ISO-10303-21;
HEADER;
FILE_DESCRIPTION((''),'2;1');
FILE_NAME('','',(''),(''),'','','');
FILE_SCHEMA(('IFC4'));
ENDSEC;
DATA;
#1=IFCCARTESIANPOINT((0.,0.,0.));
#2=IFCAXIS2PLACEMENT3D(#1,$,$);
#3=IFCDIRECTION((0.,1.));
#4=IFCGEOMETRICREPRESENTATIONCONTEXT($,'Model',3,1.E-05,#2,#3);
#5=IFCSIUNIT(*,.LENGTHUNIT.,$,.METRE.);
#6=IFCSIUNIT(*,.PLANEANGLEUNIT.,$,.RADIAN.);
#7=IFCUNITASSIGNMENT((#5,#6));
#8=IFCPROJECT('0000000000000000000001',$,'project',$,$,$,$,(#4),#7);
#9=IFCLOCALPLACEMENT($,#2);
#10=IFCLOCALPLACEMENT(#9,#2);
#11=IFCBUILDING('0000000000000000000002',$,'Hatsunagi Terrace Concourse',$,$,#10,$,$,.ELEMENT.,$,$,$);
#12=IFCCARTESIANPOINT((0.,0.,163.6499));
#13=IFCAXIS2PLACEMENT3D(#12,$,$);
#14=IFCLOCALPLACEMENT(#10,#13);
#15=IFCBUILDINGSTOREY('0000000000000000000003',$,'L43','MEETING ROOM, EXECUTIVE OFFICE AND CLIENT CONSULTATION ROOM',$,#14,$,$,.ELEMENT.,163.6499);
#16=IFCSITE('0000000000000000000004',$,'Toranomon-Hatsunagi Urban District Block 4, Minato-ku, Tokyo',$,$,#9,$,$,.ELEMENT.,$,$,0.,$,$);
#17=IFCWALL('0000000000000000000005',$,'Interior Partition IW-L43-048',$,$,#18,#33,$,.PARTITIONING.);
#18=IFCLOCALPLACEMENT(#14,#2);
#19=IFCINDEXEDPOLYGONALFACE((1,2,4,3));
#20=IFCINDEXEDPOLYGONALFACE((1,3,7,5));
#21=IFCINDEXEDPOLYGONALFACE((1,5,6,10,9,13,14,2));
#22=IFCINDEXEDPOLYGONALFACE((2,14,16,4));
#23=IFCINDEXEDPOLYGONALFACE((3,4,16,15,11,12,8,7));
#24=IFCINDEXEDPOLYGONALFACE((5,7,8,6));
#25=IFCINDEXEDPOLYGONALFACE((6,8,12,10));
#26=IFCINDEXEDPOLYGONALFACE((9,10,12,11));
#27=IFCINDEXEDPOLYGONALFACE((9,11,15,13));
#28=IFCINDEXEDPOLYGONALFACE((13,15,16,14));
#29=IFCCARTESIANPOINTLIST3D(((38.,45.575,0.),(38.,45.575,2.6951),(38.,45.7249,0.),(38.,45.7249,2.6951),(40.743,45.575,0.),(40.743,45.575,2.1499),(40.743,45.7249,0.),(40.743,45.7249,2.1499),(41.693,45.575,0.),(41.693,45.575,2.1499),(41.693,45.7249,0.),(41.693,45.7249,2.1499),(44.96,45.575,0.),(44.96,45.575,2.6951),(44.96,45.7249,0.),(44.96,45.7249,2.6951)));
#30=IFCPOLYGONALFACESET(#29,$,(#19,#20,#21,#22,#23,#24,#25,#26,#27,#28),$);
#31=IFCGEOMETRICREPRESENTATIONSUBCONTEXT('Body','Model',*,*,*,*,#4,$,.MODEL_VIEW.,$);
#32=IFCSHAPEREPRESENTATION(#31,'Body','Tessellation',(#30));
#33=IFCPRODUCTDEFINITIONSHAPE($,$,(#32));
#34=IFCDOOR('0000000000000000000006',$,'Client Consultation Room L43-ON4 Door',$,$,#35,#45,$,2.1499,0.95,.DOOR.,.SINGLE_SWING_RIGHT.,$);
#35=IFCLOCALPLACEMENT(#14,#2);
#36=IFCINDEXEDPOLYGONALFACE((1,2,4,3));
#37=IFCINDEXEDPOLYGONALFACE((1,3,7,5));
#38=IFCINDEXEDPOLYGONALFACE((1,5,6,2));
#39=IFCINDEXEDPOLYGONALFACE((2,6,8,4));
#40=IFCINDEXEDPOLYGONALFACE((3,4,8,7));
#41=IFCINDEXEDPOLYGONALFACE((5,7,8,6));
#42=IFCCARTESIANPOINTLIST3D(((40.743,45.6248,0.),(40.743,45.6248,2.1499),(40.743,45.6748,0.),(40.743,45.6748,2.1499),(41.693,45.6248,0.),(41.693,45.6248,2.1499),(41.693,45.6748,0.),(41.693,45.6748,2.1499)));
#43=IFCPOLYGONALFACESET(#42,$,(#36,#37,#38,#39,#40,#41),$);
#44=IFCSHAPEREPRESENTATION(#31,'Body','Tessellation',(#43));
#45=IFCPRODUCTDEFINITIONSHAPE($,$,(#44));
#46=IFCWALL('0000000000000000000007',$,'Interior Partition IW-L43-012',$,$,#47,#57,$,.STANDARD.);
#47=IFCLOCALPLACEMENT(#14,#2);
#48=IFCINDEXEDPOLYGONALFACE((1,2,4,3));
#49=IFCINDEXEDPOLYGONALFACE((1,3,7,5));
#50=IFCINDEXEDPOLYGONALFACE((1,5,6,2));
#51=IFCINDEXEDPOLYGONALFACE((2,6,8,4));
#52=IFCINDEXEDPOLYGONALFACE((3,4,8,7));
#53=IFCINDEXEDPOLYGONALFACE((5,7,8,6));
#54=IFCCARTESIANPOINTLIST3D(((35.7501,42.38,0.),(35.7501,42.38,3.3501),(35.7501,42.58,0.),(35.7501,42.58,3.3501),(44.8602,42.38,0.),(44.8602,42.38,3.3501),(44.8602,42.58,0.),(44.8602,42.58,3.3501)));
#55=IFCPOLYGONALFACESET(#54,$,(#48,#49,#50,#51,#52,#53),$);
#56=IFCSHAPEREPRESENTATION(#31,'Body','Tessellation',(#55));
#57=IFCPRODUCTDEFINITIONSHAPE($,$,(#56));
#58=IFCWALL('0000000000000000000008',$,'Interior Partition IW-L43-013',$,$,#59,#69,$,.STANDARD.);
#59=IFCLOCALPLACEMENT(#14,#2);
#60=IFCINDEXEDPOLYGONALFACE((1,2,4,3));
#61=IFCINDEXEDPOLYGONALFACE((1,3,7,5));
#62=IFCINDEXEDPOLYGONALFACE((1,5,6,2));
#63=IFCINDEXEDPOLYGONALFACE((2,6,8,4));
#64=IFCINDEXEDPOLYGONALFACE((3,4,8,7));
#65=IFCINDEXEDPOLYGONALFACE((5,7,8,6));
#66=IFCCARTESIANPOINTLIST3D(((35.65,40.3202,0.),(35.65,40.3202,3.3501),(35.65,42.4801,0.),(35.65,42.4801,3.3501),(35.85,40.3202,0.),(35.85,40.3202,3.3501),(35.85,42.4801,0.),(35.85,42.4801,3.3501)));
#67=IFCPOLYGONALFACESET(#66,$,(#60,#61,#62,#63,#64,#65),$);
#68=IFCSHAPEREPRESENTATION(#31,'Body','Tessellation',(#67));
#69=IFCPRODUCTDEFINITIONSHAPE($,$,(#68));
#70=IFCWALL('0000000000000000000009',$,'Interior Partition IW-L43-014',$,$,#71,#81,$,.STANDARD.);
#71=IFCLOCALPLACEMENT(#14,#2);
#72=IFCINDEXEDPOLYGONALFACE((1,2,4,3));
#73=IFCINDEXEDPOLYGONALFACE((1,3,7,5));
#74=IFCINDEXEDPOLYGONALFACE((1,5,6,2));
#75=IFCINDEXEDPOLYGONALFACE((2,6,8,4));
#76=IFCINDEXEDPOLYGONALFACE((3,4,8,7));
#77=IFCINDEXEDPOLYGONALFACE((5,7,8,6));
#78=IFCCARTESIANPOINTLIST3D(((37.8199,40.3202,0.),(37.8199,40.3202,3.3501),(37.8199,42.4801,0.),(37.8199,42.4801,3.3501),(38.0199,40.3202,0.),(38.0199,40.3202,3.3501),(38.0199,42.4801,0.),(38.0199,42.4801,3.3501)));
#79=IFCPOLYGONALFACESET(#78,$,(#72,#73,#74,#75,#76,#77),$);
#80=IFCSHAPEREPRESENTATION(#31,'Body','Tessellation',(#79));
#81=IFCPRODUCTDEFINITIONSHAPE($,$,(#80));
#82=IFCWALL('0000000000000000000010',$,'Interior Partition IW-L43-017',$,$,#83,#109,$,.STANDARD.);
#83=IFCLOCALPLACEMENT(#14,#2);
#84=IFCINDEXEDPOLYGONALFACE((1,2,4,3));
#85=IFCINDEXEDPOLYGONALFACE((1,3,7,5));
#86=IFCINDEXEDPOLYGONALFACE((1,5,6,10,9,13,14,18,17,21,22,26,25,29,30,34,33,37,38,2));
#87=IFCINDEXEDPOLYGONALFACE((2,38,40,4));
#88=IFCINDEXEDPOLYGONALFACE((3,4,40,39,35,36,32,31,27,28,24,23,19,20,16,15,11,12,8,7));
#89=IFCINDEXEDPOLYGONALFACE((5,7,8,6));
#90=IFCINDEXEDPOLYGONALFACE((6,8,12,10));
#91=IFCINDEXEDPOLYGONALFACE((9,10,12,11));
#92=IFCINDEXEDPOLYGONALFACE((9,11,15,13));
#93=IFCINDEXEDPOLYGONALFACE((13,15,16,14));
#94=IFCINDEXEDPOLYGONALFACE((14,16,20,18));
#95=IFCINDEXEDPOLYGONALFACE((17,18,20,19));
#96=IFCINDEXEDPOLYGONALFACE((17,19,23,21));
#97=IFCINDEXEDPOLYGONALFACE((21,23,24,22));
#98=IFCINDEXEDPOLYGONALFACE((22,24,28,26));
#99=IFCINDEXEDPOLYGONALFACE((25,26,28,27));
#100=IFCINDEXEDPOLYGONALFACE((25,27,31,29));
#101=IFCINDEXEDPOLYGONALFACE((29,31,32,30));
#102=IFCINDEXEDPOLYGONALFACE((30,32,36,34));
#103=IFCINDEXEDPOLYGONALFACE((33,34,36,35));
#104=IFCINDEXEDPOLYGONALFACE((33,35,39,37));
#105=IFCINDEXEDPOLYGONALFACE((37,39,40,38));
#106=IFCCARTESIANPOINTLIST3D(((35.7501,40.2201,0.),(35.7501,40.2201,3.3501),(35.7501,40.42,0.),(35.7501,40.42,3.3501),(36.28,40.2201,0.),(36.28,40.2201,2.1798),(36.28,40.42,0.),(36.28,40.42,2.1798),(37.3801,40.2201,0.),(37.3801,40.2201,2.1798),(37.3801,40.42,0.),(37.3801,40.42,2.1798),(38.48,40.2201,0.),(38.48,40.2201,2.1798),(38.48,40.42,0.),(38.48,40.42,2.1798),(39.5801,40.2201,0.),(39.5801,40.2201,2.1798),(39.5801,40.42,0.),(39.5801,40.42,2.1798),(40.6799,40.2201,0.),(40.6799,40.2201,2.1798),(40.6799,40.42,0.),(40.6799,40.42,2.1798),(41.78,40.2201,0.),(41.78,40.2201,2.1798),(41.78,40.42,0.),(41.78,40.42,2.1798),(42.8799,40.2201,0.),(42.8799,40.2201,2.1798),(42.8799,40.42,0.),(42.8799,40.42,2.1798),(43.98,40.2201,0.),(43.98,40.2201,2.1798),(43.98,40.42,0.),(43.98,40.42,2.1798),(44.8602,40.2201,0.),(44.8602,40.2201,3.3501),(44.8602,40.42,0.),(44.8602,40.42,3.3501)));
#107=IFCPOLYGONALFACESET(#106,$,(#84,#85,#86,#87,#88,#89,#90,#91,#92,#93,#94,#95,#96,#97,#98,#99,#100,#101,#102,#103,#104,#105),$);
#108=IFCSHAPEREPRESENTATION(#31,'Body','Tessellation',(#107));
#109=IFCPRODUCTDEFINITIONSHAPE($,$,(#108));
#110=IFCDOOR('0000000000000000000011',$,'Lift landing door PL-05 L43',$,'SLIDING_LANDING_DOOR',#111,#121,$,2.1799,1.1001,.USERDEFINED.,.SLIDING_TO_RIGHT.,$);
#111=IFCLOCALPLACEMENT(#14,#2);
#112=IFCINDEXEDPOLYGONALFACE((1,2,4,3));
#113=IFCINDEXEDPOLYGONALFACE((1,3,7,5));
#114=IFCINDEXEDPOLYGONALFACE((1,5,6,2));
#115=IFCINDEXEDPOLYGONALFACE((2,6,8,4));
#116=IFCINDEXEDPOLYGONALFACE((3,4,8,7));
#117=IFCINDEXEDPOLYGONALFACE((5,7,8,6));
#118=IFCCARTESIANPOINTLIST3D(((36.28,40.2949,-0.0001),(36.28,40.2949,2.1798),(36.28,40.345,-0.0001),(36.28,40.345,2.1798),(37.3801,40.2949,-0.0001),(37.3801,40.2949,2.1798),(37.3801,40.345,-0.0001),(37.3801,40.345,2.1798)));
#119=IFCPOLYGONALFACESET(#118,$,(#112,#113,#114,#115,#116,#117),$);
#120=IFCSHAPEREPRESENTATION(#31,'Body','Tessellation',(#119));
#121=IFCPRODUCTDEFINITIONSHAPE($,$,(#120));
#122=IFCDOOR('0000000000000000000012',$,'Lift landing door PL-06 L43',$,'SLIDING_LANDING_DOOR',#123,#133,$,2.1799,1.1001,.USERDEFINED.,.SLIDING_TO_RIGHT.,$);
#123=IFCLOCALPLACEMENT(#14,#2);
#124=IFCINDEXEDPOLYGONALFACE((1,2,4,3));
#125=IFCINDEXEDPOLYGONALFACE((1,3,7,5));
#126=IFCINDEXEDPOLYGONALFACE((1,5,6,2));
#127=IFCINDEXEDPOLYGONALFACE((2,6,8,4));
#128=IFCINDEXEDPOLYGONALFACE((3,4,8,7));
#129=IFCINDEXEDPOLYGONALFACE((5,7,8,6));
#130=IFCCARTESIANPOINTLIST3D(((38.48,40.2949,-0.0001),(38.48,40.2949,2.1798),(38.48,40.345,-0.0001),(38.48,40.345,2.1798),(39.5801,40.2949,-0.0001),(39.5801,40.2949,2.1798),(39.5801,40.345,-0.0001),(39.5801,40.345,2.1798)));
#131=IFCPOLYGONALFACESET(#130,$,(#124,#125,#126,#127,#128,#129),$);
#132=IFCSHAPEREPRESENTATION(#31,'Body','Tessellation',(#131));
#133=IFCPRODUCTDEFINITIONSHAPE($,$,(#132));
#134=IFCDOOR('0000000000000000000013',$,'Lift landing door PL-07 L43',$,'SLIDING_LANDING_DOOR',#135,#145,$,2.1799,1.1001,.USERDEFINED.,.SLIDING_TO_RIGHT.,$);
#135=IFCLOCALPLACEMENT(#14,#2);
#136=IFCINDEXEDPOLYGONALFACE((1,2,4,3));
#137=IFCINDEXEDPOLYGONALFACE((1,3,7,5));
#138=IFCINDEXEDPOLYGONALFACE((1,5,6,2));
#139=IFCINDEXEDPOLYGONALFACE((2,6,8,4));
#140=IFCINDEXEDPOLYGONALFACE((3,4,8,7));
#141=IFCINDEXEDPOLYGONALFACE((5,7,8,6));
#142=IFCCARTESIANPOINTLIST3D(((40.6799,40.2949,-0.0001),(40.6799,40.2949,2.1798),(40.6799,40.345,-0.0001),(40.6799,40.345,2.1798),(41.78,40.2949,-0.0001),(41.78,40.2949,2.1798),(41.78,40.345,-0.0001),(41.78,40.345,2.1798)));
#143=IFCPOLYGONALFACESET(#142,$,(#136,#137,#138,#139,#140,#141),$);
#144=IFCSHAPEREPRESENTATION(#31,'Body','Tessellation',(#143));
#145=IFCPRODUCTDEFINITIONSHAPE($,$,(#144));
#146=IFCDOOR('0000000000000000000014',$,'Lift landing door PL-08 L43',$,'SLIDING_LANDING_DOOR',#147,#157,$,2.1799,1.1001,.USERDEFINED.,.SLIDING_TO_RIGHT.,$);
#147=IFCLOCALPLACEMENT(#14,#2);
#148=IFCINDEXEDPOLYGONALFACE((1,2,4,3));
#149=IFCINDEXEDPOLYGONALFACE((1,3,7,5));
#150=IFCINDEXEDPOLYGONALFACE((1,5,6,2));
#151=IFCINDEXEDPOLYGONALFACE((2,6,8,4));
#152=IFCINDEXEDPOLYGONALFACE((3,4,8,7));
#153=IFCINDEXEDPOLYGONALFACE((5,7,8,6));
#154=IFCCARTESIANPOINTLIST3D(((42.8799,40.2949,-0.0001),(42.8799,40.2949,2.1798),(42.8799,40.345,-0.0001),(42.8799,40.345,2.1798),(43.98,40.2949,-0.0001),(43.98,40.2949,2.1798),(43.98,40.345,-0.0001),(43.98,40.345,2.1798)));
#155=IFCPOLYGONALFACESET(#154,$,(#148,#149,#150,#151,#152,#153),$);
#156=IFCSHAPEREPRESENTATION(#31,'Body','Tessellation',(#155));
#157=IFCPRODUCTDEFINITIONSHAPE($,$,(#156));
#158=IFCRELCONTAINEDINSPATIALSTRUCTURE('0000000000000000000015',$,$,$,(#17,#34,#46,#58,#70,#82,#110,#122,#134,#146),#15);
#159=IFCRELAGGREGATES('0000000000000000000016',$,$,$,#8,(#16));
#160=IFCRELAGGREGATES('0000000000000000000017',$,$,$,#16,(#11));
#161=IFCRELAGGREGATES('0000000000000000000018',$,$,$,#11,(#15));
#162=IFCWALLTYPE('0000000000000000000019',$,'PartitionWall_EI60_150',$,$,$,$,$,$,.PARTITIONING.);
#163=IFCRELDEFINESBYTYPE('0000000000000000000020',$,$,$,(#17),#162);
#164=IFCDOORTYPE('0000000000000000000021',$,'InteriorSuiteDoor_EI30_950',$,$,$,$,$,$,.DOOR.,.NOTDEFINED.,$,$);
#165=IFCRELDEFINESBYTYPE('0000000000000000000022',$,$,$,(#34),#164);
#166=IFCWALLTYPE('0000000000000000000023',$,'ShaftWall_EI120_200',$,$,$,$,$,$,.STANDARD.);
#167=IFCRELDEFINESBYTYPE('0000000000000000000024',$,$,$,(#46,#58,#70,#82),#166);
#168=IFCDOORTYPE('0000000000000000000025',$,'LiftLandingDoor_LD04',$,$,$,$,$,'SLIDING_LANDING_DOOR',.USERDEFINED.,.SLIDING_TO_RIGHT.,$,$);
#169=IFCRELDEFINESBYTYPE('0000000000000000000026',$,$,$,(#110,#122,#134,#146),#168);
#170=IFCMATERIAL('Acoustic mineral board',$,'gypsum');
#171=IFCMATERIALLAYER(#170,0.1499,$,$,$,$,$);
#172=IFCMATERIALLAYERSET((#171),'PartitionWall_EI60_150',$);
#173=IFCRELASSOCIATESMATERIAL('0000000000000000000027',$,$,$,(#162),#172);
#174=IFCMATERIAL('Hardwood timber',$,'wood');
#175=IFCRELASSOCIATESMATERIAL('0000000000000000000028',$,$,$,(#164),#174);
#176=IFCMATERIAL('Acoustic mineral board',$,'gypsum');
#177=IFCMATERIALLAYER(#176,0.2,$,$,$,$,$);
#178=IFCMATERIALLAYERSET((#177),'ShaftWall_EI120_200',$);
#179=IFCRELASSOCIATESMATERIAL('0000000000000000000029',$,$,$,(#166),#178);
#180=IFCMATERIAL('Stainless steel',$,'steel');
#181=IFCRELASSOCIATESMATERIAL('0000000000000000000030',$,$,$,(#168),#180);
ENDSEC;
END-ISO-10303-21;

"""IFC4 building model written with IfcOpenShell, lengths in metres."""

from ifc_helpers import new_model, si_unit, direction, frame, frame_2d, origin, place, context, subcontext, project, spatial, rectangle, extrude, material, layer, layer_set, type_object, element, fill, save


model = new_model("IFC4")

# Units and contexts
model_context = context("Model", 3, precision=1e-05, world=origin(), true_north=direction((0.0, 1.0)))
body_context = subcontext(model_context, "Body", "Model", "MODEL_VIEW")
ifc_project = project(units=[si_unit("LENGTHUNIT", "METRE"), si_unit("PLANEANGLEUNIT", "RADIAN")], contexts=[model_context])

# Site, building, storey
site_placement = place(None, origin())
site = spatial("IfcSite", under=ifc_project, at=site_placement, Name="Toranomon-Hatsunagi Urban District Block 4, Minato-ku, Tokyo", CompositionType="ELEMENT", RefElevation=0.0)
building_placement = place(site_placement, origin())
building = spatial("IfcBuilding", under=site, at=building_placement, Name="Hatsunagi Terrace Concourse", CompositionType="ELEMENT")
storey_placement = place(building_placement, frame((0.0, 0.0, 163.6499)))
storey = spatial("IfcBuildingStorey", under=building, at=storey_placement, Name="L43", Description="MEETING ROOM, EXECUTIVE OFFICE AND CLIENT CONSULTATION ROOM", CompositionType="ELEMENT", Elevation=163.6499)

# Shared definitions
ifc_material_1 = material(Name="Acoustic mineral board", Category="gypsum")
ifc_layer_1 = layer(ifc_material_1, 0.1499)
ifc_layer_set_1 = layer_set([ifc_layer_1], Name="PartitionWall_EI60_150")
wall_type_1 = type_object("IfcWallType", Name="PartitionWall_EI60_150", PredefinedType="PARTITIONING", material=ifc_layer_set_1)

# Shared definitions
ifc_material_2 = material(Name="Hardwood timber", Category="wood")
door_type_1 = type_object("IfcDoorType", Name="InteriorSuiteDoor_EI30_950", OperationType="NOTDEFINED", PredefinedType="DOOR", material=ifc_material_2)

# Wall, opening, door
wall_1_placement = place(storey_placement, frame((38.0, 45.6499, 0.0), z_axis=(0.0, 0.0, 1.0), x_axis=(1.0, 0.0, 0.0)))
wall_1 = element("IfcWall", 1, at=wall_1_placement, inside=storey, type_object=wall_type_1, Name="Interior Partition IW-L43-048", PredefinedType="PARTITIONING", context=body_context, shape_type="SweptSolid", body=[
    extrude(rectangle(XDim=6.96, YDim=0.1499, at=frame_2d((3.48, 0.0))), origin(), (0.0, 0.0, 1.0), 2.6951),
])
opening_1_placement = place(wall_1_placement, frame((2.7429, 0.0, 0.0)))
opening_1 = element("IfcOpeningElement", 2, at=opening_1_placement, cuts=wall_1, PredefinedType="OPENING", context=body_context, shape_type="SweptSolid", body=[
    extrude(rectangle(XDim=0.95, YDim=2.1499, at=frame_2d((0.4751, 1.075))), frame((0.0, 0.085, 0.0), z_axis=(0.0, -1.0, 0.0), x_axis=(1.0, 0.0, 0.0)), (0.0, 0.0, 1.0), 0.1699),
])
door_1_placement = place(opening_1_placement, origin())
door_1 = element("IfcDoor", 3, at=door_1_placement, inside=storey, type_object=door_type_1, Name="Client Consultation Room L43-ON4 Door", OperationType="SINGLE_SWING_RIGHT", OverallHeight=2.1499, OverallWidth=0.95, PredefinedType="DOOR", context=body_context, shape_type="SweptSolid", body=[
    extrude(rectangle(XDim=0.95, YDim=2.1499, at=frame_2d((0.4751, 1.075))), frame((0.0, 0.0249, 0.0), z_axis=(0.0, -1.0, 0.0), x_axis=(1.0, 0.0, 0.0)), (0.0, 0.0, 1.0), 0.05),
])
fill(opening_1, door_1)

# Walls
ifc_material_3 = material(Name="Acoustic mineral board", Category="gypsum")
ifc_layer_2 = layer(ifc_material_3, 0.2)
ifc_layer_set_2 = layer_set([ifc_layer_2], Name="ShaftWall_EI120_200")
wall_type_2 = type_object("IfcWallType", Name="ShaftWall_EI120_200", PredefinedType="STANDARD", material=ifc_layer_set_2)
wall_2_placement = place(storey_placement, frame((35.75, 42.48, 0.0), z_axis=(0.0, 0.0, 1.0), x_axis=(1.0, 0.0, 0.0)))
element("IfcWall", 4, at=wall_2_placement, inside=storey, type_object=wall_type_2, Name="Interior Partition IW-L43-012", PredefinedType="STANDARD", context=body_context, shape_type="SweptSolid", body=[
    extrude(rectangle(XDim=9.1101, YDim=0.2, at=frame_2d((4.5552, 0.0))), origin(), (0.0, 0.0, 1.0), 3.3501),
])
for number, where, z_axis, x_axis, name in (
    (5, (35.75, 40.3201, 0.0), (0.0, 0.0, 1.0), (0.0, 1.0, 0.0), "Interior Partition IW-L43-013"),
    (6, (37.9199, 40.3201, 0.0), (0.0, 0.0, 1.0), (0.0, 1.0, 0.0), "Interior Partition IW-L43-014"),
):
    element("IfcWall", number, at=place(storey_placement, frame(where, z_axis=z_axis, x_axis=x_axis)), inside=storey, type_object=wall_type_2, Name=name, PredefinedType="STANDARD", context=body_context, shape_type="SweptSolid", body=[
        extrude(rectangle(XDim=2.1599, YDim=0.2, at=frame_2d((1.0801, 0.0))), origin(), (0.0, 0.0, 1.0), 3.3501),
    ])

# Wall, openings, doors
wall_3_placement = place(storey_placement, frame((35.75, 40.3201, 0.0), z_axis=(0.0, 0.0, 1.0), x_axis=(1.0, 0.0, 0.0)))
wall_3 = element("IfcWall", 7, at=wall_3_placement, inside=storey, type_object=wall_type_2, Name="Interior Partition IW-L43-017", PredefinedType="STANDARD", context=body_context, shape_type="SweptSolid", body=[
    extrude(rectangle(XDim=9.1101, YDim=0.2, at=frame_2d((4.5552, 0.0))), origin(), (0.0, 0.0, 1.0), 3.3501),
])
opening_2_placement = place(wall_3_placement, frame((0.53, 0.0, 0.0)))
opening_2 = element("IfcOpeningElement", 8, at=opening_2_placement, cuts=wall_3, PredefinedType="OPENING", context=body_context, shape_type="SweptSolid", body=[
    extrude(rectangle(XDim=1.1001, YDim=2.1799, at=frame_2d((0.55, 1.0898))), frame((0.0, 0.1099, 0.0), z_axis=(0.0, -1.0, 0.0), x_axis=(1.0, 0.0, 0.0)), (0.0, 0.0, 1.0), 0.22),
])
opening_3_placement = place(wall_3_placement, frame((2.73, 0.0, 0.0)))
opening_3 = element("IfcOpeningElement", 9, at=opening_3_placement, cuts=wall_3, PredefinedType="OPENING", context=body_context, shape_type="SweptSolid", body=[
    extrude(rectangle(XDim=1.1001, YDim=2.1799, at=frame_2d((0.55, 1.0898))), frame((0.0, 0.1099, 0.0), z_axis=(0.0, -1.0, 0.0), x_axis=(1.0, 0.0, 0.0)), (0.0, 0.0, 1.0), 0.22),
])
opening_4_placement = place(wall_3_placement, frame((4.9299, 0.0, 0.0)))
opening_4 = element("IfcOpeningElement", 10, at=opening_4_placement, cuts=wall_3, PredefinedType="OPENING", context=body_context, shape_type="SweptSolid", body=[
    extrude(rectangle(XDim=1.1001, YDim=2.1799, at=frame_2d((0.55, 1.0898))), frame((0.0, 0.1099, 0.0), z_axis=(0.0, -1.0, 0.0), x_axis=(1.0, 0.0, 0.0)), (0.0, 0.0, 1.0), 0.22),
])
opening_5_placement = place(wall_3_placement, frame((7.1299, 0.0, 0.0)))
opening_5 = element("IfcOpeningElement", 11, at=opening_5_placement, cuts=wall_3, PredefinedType="OPENING", context=body_context, shape_type="SweptSolid", body=[
    extrude(rectangle(XDim=1.1001, YDim=2.1799, at=frame_2d((0.55, 1.0898))), frame((0.0, 0.1099, 0.0), z_axis=(0.0, -1.0, 0.0), x_axis=(1.0, 0.0, 0.0)), (0.0, 0.0, 1.0), 0.22),
])
ifc_material_4 = material(Name="Stainless steel", Category="steel")
door_type_2 = type_object("IfcDoorType", Name="LiftLandingDoor_LD04", ElementType="SLIDING_LANDING_DOOR", OperationType="SLIDING_TO_RIGHT", PredefinedType="USERDEFINED", material=ifc_material_4)
door_2_placement = place(opening_2_placement, origin())
door_2 = element("IfcDoor", 12, at=door_2_placement, inside=storey, type_object=door_type_2, Name="Lift landing door PL-05 L43", ObjectType="SLIDING_LANDING_DOOR", OperationType="SLIDING_TO_RIGHT", OverallHeight=2.1799, OverallWidth=1.1001, PredefinedType="USERDEFINED", context=body_context, shape_type="SweptSolid", body=[
    extrude(rectangle(XDim=1.1001, YDim=2.1799, at=frame_2d((0.55, 1.0898))), frame((0.0, 0.0249, 0.0), z_axis=(0.0, -1.0, 0.0), x_axis=(1.0, 0.0, 0.0)), (0.0, 0.0, 1.0), 0.05),
])
fill(opening_2, door_2)
door_3_placement = place(opening_3_placement, origin())
door_3 = element("IfcDoor", 13, at=door_3_placement, inside=storey, type_object=door_type_2, Name="Lift landing door PL-06 L43", ObjectType="SLIDING_LANDING_DOOR", OperationType="SLIDING_TO_RIGHT", OverallHeight=2.1799, OverallWidth=1.1001, PredefinedType="USERDEFINED", context=body_context, shape_type="SweptSolid", body=[
    extrude(rectangle(XDim=1.1001, YDim=2.1799, at=frame_2d((0.55, 1.0898))), frame((0.0, 0.0249, 0.0), z_axis=(0.0, -1.0, 0.0), x_axis=(1.0, 0.0, 0.0)), (0.0, 0.0, 1.0), 0.05),
])
fill(opening_3, door_3)
door_4_placement = place(opening_4_placement, origin())
door_4 = element("IfcDoor", 14, at=door_4_placement, inside=storey, type_object=door_type_2, Name="Lift landing door PL-07 L43", ObjectType="SLIDING_LANDING_DOOR", OperationType="SLIDING_TO_RIGHT", OverallHeight=2.1799, OverallWidth=1.1001, PredefinedType="USERDEFINED", context=body_context, shape_type="SweptSolid", body=[
    extrude(rectangle(XDim=1.1001, YDim=2.1799, at=frame_2d((0.55, 1.0898))), frame((0.0, 0.0249, 0.0), z_axis=(0.0, -1.0, 0.0), x_axis=(1.0, 0.0, 0.0)), (0.0, 0.0, 1.0), 0.05),
])
fill(opening_4, door_4)
door_5_placement = place(opening_5_placement, origin())
door_5 = element("IfcDoor", 15, at=door_5_placement, inside=storey, type_object=door_type_2, Name="Lift landing door PL-08 L43", ObjectType="SLIDING_LANDING_DOOR", OperationType="SLIDING_TO_RIGHT", OverallHeight=2.1799, OverallWidth=1.1001, PredefinedType="USERDEFINED", context=body_context, shape_type="SweptSolid", body=[
    extrude(rectangle(XDim=1.1001, YDim=2.1799, at=frame_2d((0.55, 1.0898))), frame((0.0, 0.0249, 0.0), z_axis=(0.0, -1.0, 0.0), x_axis=(1.0, 0.0, 0.0)), (0.0, 0.0, 1.0), 0.05),
])
fill(opening_5, door_5)

save(model, "model.ifc")
